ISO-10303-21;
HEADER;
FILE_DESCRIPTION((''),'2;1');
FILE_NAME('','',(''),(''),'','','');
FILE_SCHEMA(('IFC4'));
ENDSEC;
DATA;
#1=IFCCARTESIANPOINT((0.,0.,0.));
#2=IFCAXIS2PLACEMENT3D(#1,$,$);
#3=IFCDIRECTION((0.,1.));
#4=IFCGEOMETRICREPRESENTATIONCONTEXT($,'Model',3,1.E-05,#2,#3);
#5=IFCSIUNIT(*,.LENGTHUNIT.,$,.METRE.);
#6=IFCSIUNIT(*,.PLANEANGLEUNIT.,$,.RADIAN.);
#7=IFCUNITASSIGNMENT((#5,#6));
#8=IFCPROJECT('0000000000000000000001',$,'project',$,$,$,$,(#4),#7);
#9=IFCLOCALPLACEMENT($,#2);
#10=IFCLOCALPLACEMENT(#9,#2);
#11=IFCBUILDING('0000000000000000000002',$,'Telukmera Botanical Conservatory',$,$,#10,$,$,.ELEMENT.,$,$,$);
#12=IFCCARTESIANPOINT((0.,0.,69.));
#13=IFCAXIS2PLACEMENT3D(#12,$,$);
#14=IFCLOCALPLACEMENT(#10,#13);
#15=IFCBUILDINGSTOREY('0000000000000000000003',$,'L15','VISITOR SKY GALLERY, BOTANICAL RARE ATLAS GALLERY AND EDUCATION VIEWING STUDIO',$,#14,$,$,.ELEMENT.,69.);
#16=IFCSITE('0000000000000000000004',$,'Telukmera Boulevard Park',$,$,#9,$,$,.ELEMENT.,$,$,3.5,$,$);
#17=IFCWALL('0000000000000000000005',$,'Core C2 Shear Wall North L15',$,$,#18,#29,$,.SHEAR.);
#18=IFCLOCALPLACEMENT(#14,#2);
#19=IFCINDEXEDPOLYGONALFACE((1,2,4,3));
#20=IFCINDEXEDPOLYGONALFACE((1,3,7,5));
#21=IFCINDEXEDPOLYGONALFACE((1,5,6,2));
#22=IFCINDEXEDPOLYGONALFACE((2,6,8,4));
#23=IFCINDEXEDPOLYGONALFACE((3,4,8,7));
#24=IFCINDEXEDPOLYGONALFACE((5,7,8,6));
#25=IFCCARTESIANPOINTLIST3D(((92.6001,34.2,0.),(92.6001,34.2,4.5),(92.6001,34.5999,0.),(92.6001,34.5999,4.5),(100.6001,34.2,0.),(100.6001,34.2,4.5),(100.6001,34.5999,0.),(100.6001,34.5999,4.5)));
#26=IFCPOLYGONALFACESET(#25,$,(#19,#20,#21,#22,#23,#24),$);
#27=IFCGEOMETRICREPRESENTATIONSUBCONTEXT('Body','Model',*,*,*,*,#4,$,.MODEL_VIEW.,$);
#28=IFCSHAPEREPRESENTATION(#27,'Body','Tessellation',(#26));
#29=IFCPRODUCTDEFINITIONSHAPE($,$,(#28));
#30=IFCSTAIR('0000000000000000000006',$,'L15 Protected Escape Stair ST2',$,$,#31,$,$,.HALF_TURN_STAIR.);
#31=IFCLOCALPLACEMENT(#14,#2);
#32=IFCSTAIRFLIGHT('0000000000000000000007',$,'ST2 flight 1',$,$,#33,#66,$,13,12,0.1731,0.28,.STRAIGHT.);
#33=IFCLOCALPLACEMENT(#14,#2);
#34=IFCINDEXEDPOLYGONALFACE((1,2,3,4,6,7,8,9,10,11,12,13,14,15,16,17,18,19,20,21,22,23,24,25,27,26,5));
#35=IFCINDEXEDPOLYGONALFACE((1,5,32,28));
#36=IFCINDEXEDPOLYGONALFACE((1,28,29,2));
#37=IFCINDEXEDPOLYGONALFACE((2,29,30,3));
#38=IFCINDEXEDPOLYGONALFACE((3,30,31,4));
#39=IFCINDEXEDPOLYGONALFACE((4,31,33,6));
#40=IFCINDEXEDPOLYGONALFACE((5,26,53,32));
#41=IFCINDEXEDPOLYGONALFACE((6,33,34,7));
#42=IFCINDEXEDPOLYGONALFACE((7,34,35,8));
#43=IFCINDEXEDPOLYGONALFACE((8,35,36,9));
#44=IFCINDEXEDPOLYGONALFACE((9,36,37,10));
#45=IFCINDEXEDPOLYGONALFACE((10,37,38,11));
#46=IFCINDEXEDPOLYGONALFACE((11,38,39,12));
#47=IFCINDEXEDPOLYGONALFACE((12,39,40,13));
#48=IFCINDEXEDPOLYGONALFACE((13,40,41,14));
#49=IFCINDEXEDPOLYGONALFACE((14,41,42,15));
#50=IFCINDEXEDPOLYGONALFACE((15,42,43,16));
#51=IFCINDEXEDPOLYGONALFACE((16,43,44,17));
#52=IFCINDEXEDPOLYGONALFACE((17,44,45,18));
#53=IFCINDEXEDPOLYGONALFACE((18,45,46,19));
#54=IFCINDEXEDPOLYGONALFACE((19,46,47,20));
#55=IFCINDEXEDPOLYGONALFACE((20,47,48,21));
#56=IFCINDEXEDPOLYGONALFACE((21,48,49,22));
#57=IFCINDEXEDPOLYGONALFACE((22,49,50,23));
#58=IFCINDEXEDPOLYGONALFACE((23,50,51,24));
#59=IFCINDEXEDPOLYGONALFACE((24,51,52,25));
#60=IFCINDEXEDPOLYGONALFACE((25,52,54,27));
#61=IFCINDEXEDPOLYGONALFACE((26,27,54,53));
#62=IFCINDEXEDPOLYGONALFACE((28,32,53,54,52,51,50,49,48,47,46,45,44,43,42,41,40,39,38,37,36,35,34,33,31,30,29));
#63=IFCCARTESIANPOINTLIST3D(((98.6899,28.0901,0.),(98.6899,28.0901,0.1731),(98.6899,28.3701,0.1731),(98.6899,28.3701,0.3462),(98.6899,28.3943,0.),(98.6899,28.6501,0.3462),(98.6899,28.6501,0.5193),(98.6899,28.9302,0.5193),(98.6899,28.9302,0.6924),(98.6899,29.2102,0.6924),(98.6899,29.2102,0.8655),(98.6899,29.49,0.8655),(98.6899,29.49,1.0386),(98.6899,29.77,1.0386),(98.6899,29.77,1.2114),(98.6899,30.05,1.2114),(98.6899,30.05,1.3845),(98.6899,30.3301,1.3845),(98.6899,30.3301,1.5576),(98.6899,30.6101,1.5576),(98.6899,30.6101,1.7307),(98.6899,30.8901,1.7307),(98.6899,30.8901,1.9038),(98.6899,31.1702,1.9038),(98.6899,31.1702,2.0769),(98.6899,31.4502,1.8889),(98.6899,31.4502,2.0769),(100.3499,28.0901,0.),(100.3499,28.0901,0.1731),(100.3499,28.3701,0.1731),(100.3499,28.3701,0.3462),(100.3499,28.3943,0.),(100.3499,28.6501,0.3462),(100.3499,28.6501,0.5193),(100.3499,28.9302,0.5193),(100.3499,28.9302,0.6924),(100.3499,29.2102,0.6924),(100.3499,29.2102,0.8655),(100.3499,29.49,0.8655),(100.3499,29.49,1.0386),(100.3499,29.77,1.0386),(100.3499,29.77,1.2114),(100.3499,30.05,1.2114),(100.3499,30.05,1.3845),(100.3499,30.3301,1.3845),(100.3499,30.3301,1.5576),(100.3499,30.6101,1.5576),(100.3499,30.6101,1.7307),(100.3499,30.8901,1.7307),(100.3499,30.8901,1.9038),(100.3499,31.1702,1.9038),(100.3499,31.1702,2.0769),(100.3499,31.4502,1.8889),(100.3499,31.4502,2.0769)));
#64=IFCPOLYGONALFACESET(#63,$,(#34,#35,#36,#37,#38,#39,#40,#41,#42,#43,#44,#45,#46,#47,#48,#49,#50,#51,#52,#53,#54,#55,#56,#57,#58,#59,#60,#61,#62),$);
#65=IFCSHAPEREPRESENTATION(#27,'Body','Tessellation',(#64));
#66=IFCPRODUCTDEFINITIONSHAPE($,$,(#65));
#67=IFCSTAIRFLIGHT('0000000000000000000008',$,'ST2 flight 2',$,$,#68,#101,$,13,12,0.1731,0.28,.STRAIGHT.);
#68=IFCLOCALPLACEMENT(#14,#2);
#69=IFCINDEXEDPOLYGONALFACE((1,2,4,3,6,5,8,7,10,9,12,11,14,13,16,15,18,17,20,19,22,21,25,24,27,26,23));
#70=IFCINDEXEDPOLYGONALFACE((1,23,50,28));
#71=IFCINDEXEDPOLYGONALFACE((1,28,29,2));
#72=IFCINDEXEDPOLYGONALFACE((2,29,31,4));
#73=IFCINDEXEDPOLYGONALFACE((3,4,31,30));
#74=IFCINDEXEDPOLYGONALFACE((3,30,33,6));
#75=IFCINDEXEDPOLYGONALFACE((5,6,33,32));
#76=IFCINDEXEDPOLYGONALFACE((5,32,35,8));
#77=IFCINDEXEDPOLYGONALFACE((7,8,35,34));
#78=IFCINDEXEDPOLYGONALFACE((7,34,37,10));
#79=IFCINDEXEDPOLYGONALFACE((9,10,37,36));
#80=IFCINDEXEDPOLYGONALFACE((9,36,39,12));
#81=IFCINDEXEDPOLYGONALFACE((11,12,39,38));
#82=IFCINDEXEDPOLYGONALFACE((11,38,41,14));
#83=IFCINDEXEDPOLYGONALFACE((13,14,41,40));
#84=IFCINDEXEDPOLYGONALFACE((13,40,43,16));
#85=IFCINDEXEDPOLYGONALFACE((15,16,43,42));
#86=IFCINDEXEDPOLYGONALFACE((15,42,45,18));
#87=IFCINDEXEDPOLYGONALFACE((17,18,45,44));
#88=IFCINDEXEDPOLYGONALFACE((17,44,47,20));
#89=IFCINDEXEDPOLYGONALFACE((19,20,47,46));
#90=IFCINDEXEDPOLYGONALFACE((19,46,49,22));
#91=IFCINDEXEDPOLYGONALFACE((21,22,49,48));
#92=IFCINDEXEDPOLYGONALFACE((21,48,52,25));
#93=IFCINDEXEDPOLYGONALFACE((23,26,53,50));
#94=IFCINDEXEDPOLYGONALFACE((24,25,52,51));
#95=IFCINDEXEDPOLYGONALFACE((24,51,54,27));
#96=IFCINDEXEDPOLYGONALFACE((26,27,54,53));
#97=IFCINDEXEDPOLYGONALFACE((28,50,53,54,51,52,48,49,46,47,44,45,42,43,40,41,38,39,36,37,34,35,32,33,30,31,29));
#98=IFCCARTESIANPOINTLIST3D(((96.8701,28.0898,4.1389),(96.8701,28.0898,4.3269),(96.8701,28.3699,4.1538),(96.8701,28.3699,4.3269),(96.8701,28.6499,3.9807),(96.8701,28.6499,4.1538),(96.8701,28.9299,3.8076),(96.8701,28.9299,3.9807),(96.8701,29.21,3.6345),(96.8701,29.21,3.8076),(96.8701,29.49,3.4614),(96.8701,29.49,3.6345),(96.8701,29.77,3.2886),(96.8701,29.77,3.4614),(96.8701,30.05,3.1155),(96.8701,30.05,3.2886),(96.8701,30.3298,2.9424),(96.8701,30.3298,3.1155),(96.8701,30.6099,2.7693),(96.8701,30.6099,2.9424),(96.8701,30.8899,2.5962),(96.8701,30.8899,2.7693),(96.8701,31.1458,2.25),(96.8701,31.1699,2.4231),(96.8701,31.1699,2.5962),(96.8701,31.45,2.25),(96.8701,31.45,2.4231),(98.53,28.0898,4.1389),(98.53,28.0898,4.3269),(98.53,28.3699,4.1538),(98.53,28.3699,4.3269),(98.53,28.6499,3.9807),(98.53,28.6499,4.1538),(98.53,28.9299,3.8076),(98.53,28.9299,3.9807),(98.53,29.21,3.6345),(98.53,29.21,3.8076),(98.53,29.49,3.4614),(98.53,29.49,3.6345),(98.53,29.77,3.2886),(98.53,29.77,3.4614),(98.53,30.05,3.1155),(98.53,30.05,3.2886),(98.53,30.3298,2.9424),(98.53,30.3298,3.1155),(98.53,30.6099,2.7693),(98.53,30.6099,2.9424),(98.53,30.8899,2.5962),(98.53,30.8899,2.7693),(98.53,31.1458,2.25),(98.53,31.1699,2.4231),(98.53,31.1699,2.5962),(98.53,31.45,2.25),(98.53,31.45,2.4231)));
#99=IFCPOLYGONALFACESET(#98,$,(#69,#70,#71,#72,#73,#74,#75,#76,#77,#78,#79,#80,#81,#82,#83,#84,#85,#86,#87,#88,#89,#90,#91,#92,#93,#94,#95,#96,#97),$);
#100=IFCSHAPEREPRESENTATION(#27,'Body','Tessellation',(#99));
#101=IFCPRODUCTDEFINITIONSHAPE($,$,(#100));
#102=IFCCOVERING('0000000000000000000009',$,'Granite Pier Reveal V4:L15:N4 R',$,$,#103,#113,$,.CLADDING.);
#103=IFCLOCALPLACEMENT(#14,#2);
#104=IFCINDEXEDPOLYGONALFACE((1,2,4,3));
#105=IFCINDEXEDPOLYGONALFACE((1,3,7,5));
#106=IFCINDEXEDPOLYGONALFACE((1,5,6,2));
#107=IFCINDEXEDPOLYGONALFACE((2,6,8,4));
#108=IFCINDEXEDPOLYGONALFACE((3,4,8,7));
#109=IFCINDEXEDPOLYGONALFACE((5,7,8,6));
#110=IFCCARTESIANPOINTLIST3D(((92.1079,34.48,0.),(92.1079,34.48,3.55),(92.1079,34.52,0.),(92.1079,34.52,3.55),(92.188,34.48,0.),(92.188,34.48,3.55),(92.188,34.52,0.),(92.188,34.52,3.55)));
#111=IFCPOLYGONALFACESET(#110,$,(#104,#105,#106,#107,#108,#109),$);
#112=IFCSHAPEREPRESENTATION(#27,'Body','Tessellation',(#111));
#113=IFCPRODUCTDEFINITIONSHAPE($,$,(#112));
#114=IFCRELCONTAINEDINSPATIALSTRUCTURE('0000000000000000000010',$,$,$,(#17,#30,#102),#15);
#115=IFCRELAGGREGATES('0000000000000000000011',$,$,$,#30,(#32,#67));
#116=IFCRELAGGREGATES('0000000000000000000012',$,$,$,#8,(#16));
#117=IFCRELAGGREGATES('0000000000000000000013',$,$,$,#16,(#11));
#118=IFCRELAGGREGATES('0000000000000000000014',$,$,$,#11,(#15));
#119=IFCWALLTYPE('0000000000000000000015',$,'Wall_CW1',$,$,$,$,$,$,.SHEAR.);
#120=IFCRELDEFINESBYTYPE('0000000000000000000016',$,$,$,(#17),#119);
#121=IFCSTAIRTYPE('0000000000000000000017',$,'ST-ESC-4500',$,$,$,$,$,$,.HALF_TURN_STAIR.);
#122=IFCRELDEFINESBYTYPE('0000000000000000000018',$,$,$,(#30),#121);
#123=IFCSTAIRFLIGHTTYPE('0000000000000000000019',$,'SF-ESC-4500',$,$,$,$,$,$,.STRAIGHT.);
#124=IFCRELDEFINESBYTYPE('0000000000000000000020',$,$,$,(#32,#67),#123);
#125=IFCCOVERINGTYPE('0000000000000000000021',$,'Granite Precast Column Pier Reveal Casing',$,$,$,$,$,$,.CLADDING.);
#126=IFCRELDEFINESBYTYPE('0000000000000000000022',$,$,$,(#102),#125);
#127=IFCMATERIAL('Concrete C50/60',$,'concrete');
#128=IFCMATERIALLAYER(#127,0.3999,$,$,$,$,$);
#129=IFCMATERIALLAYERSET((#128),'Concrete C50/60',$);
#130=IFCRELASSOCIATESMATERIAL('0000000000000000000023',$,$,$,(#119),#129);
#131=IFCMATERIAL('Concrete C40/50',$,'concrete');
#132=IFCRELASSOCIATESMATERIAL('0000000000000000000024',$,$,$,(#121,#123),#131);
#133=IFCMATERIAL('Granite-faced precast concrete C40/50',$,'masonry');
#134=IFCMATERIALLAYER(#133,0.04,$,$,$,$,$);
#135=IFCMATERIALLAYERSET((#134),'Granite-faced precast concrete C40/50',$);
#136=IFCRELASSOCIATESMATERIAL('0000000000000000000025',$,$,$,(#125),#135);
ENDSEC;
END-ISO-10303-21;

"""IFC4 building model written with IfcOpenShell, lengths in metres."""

from ifc_helpers import new_model, si_unit, direction, frame, frame_2d, origin, origin_2d, place, context, subcontext, project, spatial, polyline, rectangle, outline, extrude, material, layer, layer_set, type_object, element, aggregate, save


model = new_model("IFC4")

# Units and contexts
model_context = context("Model", 3, precision=1e-05, world=origin(), true_north=direction((0.0, 1.0)))
body_context = subcontext(model_context, "Body", "Model", "MODEL_VIEW")
ifc_project = project(units=[si_unit("LENGTHUNIT", "METRE"), si_unit("PLANEANGLEUNIT", "RADIAN")], contexts=[model_context])

# Site, building, storey
site_placement = place(None, origin())
site = spatial("IfcSite", under=ifc_project, at=site_placement, Name="Telukmera Boulevard Park", CompositionType="ELEMENT", RefElevation=3.5)
building_placement = place(site_placement, origin())
building = spatial("IfcBuilding", under=site, at=building_placement, Name="Telukmera Botanical Conservatory", CompositionType="ELEMENT")
storey_placement = place(building_placement, frame((0.0, 0.0, 69.0)))
storey = spatial("IfcBuildingStorey", under=building, at=storey_placement, Name="L15", Description="VISITOR SKY GALLERY, BOTANICAL RARE ATLAS GALLERY AND EDUCATION VIEWING STUDIO", CompositionType="ELEMENT", Elevation=69.0)

# Shared definitions
ifc_material_1 = material(Name="Concrete C50/60", Category="concrete")

# Shared definitions
ifc_material_2 = material(Name="Concrete C40/50", Category="concrete")

# Wall
ifc_layer_1 = layer(ifc_material_1, 0.3999)
ifc_layer_set_1 = layer_set([ifc_layer_1], Name="Concrete C50/60")
wall_type_1 = type_object("IfcWallType", Name="Wall_CW1", PredefinedType="SHEAR", material=ifc_layer_set_1)
for number, where, z_axis, x_axis, name in (
    (1, (92.6001, 34.3999, 0.0), (0.0, 0.0, 1.0), (1.0, 0.0, 0.0), "Core C2 Shear Wall North L15"),
):
    element("IfcWall", number, at=place(storey_placement, frame(where, z_axis=z_axis, x_axis=x_axis)), inside=storey, type_object=wall_type_1, Name=name, PredefinedType="SHEAR", context=body_context, shape_type="SweptSolid", body=[
        extrude(rectangle(XDim=8.0, YDim=0.3999, at=frame_2d((4.0, 0.0))), origin(), (0.0, 0.0, 1.0), 4.5),
    ])

# Stair, stair flights
stair_type = type_object("IfcStairType", Name="ST-ESC-4500", PredefinedType="HALF_TURN_STAIR", material=ifc_material_2)
stair_placement = place(storey_placement, origin())
stair = element("IfcStair", 2, at=stair_placement, inside=storey, type_object=stair_type, Name="L15 Protected Escape Stair ST2", PredefinedType="HALF_TURN_STAIR")
stair_flight_type = type_object("IfcStairFlightType", Name="SF-ESC-4500", PredefinedType="STRAIGHT", material=ifc_material_2)
stair_flight_1_placement = place(storey_placement, frame((99.52, 28.0901, 0.0), z_axis=(0.0, 0.0, 1.0), x_axis=(0.0, 1.0, 0.0)))
stair_flight_1 = element("IfcStairFlight", 3, at=stair_flight_1_placement, type_object=stair_flight_type, Name="ST2 flight 1", NumberOfRisers=13, NumberOfTreads=12, PredefinedType="STRAIGHT", RiserHeight=0.1731, TreadLength=0.28, context=body_context, shape_type="SweptSolid", body=[
    extrude(outline(polyline([(0.0, 0.0), (0.0, 0.1731), (0.28, 0.1731), (0.28, 0.3462), (0.5601, 0.3462), (0.5601, 0.5193), (0.8401, 0.5193), (0.8401, 0.6924), (1.1201, 0.6924), (1.1201, 0.8655), (1.3999, 0.8655), (1.3999, 1.0386), (1.6799, 1.0386), (1.6799, 1.2114), (1.96, 1.2114), (1.96, 1.3845), (2.24, 1.3845), (2.24, 1.5576), (2.52, 1.5576), (2.52, 1.7307), (2.8, 1.7307), (2.8, 1.9038), (3.0801, 1.9038), (3.0801, 2.0769), (3.3601, 2.0769), (3.3601, 2.25), (3.3601, 1.8889), (0.3042, 0.0), (0.0, 0.0)])), frame((0.0, 0.8301, 0.0), z_axis=(0.0, -1.0, 0.0), x_axis=(1.0, 0.0, 0.0)), (0.0, 0.0, 1.0), 1.6599),
])
stair_flight_2_placement = place(storey_placement, frame((97.7, 31.45, 2.25), z_axis=(0.0, 0.0, 1.0), x_axis=(0.0, -1.0, 0.0)))
stair_flight_2 = element("IfcStairFlight", 4, at=stair_flight_2_placement, type_object=stair_flight_type, Name="ST2 flight 2", NumberOfRisers=13, NumberOfTreads=12, PredefinedType="STRAIGHT", RiserHeight=0.1731, TreadLength=0.28, context=body_context, shape_type="SweptSolid", body=[
    extrude(outline(polyline([(0.0, 0.0), (0.0, 0.1731), (0.28, 0.1731), (0.28, 0.3462), (0.5601, 0.3462), (0.5601, 0.5193), (0.8401, 0.5193), (0.8401, 0.6924), (1.1201, 0.6924), (1.1201, 0.8655), (1.3999, 0.8655), (1.3999, 1.0386), (1.6799, 1.0386), (1.6799, 1.2114), (1.96, 1.2114), (1.96, 1.3845), (2.24, 1.3845), (2.24, 1.5576), (2.52, 1.5576), (2.52, 1.7307), (2.8, 1.7307), (2.8, 1.9038), (3.0801, 1.9038), (3.0801, 2.0769), (3.3601, 2.0769), (3.3601, 2.25), (3.3601, 1.8889), (0.3042, 0.0), (0.0, 0.0)])), frame((0.0, 0.8301, 0.0), z_axis=(0.0, -1.0, 0.0), x_axis=(1.0, 0.0, 0.0)), (0.0, 0.0, 1.0), 1.6599),
])
aggregate(stair, [stair_flight_1, stair_flight_2])

# Covering
ifc_material_3 = material(Name="Granite-faced precast concrete C40/50", Category="masonry")
ifc_layer_2 = layer(ifc_material_3, 0.04)
ifc_layer_set_2 = layer_set([ifc_layer_2], Name="Granite-faced precast concrete C40/50")
covering_type_1 = type_object("IfcCoveringType", Name="Granite Precast Column Pier Reveal Casing", PredefinedType="CLADDING", material=ifc_layer_set_2)
covering_placement = place(storey_placement, frame((92.1479, 34.5, 0.0), z_axis=(0.0, 0.0, 1.0), x_axis=(1.0, 0.0, 0.0)))
element("IfcCovering", 5, at=covering_placement, inside=storey, type_object=covering_type_1, Name="Granite Pier Reveal V4:L15:N4 R", PredefinedType="CLADDING", context=body_context, shape_type="SweptSolid", body=[
    extrude(rectangle(XDim=0.0801, YDim=0.04, at=origin_2d()), origin(), (0.0, 0.0, 1.0), 3.55),
])

save(model, "model.ifc")
